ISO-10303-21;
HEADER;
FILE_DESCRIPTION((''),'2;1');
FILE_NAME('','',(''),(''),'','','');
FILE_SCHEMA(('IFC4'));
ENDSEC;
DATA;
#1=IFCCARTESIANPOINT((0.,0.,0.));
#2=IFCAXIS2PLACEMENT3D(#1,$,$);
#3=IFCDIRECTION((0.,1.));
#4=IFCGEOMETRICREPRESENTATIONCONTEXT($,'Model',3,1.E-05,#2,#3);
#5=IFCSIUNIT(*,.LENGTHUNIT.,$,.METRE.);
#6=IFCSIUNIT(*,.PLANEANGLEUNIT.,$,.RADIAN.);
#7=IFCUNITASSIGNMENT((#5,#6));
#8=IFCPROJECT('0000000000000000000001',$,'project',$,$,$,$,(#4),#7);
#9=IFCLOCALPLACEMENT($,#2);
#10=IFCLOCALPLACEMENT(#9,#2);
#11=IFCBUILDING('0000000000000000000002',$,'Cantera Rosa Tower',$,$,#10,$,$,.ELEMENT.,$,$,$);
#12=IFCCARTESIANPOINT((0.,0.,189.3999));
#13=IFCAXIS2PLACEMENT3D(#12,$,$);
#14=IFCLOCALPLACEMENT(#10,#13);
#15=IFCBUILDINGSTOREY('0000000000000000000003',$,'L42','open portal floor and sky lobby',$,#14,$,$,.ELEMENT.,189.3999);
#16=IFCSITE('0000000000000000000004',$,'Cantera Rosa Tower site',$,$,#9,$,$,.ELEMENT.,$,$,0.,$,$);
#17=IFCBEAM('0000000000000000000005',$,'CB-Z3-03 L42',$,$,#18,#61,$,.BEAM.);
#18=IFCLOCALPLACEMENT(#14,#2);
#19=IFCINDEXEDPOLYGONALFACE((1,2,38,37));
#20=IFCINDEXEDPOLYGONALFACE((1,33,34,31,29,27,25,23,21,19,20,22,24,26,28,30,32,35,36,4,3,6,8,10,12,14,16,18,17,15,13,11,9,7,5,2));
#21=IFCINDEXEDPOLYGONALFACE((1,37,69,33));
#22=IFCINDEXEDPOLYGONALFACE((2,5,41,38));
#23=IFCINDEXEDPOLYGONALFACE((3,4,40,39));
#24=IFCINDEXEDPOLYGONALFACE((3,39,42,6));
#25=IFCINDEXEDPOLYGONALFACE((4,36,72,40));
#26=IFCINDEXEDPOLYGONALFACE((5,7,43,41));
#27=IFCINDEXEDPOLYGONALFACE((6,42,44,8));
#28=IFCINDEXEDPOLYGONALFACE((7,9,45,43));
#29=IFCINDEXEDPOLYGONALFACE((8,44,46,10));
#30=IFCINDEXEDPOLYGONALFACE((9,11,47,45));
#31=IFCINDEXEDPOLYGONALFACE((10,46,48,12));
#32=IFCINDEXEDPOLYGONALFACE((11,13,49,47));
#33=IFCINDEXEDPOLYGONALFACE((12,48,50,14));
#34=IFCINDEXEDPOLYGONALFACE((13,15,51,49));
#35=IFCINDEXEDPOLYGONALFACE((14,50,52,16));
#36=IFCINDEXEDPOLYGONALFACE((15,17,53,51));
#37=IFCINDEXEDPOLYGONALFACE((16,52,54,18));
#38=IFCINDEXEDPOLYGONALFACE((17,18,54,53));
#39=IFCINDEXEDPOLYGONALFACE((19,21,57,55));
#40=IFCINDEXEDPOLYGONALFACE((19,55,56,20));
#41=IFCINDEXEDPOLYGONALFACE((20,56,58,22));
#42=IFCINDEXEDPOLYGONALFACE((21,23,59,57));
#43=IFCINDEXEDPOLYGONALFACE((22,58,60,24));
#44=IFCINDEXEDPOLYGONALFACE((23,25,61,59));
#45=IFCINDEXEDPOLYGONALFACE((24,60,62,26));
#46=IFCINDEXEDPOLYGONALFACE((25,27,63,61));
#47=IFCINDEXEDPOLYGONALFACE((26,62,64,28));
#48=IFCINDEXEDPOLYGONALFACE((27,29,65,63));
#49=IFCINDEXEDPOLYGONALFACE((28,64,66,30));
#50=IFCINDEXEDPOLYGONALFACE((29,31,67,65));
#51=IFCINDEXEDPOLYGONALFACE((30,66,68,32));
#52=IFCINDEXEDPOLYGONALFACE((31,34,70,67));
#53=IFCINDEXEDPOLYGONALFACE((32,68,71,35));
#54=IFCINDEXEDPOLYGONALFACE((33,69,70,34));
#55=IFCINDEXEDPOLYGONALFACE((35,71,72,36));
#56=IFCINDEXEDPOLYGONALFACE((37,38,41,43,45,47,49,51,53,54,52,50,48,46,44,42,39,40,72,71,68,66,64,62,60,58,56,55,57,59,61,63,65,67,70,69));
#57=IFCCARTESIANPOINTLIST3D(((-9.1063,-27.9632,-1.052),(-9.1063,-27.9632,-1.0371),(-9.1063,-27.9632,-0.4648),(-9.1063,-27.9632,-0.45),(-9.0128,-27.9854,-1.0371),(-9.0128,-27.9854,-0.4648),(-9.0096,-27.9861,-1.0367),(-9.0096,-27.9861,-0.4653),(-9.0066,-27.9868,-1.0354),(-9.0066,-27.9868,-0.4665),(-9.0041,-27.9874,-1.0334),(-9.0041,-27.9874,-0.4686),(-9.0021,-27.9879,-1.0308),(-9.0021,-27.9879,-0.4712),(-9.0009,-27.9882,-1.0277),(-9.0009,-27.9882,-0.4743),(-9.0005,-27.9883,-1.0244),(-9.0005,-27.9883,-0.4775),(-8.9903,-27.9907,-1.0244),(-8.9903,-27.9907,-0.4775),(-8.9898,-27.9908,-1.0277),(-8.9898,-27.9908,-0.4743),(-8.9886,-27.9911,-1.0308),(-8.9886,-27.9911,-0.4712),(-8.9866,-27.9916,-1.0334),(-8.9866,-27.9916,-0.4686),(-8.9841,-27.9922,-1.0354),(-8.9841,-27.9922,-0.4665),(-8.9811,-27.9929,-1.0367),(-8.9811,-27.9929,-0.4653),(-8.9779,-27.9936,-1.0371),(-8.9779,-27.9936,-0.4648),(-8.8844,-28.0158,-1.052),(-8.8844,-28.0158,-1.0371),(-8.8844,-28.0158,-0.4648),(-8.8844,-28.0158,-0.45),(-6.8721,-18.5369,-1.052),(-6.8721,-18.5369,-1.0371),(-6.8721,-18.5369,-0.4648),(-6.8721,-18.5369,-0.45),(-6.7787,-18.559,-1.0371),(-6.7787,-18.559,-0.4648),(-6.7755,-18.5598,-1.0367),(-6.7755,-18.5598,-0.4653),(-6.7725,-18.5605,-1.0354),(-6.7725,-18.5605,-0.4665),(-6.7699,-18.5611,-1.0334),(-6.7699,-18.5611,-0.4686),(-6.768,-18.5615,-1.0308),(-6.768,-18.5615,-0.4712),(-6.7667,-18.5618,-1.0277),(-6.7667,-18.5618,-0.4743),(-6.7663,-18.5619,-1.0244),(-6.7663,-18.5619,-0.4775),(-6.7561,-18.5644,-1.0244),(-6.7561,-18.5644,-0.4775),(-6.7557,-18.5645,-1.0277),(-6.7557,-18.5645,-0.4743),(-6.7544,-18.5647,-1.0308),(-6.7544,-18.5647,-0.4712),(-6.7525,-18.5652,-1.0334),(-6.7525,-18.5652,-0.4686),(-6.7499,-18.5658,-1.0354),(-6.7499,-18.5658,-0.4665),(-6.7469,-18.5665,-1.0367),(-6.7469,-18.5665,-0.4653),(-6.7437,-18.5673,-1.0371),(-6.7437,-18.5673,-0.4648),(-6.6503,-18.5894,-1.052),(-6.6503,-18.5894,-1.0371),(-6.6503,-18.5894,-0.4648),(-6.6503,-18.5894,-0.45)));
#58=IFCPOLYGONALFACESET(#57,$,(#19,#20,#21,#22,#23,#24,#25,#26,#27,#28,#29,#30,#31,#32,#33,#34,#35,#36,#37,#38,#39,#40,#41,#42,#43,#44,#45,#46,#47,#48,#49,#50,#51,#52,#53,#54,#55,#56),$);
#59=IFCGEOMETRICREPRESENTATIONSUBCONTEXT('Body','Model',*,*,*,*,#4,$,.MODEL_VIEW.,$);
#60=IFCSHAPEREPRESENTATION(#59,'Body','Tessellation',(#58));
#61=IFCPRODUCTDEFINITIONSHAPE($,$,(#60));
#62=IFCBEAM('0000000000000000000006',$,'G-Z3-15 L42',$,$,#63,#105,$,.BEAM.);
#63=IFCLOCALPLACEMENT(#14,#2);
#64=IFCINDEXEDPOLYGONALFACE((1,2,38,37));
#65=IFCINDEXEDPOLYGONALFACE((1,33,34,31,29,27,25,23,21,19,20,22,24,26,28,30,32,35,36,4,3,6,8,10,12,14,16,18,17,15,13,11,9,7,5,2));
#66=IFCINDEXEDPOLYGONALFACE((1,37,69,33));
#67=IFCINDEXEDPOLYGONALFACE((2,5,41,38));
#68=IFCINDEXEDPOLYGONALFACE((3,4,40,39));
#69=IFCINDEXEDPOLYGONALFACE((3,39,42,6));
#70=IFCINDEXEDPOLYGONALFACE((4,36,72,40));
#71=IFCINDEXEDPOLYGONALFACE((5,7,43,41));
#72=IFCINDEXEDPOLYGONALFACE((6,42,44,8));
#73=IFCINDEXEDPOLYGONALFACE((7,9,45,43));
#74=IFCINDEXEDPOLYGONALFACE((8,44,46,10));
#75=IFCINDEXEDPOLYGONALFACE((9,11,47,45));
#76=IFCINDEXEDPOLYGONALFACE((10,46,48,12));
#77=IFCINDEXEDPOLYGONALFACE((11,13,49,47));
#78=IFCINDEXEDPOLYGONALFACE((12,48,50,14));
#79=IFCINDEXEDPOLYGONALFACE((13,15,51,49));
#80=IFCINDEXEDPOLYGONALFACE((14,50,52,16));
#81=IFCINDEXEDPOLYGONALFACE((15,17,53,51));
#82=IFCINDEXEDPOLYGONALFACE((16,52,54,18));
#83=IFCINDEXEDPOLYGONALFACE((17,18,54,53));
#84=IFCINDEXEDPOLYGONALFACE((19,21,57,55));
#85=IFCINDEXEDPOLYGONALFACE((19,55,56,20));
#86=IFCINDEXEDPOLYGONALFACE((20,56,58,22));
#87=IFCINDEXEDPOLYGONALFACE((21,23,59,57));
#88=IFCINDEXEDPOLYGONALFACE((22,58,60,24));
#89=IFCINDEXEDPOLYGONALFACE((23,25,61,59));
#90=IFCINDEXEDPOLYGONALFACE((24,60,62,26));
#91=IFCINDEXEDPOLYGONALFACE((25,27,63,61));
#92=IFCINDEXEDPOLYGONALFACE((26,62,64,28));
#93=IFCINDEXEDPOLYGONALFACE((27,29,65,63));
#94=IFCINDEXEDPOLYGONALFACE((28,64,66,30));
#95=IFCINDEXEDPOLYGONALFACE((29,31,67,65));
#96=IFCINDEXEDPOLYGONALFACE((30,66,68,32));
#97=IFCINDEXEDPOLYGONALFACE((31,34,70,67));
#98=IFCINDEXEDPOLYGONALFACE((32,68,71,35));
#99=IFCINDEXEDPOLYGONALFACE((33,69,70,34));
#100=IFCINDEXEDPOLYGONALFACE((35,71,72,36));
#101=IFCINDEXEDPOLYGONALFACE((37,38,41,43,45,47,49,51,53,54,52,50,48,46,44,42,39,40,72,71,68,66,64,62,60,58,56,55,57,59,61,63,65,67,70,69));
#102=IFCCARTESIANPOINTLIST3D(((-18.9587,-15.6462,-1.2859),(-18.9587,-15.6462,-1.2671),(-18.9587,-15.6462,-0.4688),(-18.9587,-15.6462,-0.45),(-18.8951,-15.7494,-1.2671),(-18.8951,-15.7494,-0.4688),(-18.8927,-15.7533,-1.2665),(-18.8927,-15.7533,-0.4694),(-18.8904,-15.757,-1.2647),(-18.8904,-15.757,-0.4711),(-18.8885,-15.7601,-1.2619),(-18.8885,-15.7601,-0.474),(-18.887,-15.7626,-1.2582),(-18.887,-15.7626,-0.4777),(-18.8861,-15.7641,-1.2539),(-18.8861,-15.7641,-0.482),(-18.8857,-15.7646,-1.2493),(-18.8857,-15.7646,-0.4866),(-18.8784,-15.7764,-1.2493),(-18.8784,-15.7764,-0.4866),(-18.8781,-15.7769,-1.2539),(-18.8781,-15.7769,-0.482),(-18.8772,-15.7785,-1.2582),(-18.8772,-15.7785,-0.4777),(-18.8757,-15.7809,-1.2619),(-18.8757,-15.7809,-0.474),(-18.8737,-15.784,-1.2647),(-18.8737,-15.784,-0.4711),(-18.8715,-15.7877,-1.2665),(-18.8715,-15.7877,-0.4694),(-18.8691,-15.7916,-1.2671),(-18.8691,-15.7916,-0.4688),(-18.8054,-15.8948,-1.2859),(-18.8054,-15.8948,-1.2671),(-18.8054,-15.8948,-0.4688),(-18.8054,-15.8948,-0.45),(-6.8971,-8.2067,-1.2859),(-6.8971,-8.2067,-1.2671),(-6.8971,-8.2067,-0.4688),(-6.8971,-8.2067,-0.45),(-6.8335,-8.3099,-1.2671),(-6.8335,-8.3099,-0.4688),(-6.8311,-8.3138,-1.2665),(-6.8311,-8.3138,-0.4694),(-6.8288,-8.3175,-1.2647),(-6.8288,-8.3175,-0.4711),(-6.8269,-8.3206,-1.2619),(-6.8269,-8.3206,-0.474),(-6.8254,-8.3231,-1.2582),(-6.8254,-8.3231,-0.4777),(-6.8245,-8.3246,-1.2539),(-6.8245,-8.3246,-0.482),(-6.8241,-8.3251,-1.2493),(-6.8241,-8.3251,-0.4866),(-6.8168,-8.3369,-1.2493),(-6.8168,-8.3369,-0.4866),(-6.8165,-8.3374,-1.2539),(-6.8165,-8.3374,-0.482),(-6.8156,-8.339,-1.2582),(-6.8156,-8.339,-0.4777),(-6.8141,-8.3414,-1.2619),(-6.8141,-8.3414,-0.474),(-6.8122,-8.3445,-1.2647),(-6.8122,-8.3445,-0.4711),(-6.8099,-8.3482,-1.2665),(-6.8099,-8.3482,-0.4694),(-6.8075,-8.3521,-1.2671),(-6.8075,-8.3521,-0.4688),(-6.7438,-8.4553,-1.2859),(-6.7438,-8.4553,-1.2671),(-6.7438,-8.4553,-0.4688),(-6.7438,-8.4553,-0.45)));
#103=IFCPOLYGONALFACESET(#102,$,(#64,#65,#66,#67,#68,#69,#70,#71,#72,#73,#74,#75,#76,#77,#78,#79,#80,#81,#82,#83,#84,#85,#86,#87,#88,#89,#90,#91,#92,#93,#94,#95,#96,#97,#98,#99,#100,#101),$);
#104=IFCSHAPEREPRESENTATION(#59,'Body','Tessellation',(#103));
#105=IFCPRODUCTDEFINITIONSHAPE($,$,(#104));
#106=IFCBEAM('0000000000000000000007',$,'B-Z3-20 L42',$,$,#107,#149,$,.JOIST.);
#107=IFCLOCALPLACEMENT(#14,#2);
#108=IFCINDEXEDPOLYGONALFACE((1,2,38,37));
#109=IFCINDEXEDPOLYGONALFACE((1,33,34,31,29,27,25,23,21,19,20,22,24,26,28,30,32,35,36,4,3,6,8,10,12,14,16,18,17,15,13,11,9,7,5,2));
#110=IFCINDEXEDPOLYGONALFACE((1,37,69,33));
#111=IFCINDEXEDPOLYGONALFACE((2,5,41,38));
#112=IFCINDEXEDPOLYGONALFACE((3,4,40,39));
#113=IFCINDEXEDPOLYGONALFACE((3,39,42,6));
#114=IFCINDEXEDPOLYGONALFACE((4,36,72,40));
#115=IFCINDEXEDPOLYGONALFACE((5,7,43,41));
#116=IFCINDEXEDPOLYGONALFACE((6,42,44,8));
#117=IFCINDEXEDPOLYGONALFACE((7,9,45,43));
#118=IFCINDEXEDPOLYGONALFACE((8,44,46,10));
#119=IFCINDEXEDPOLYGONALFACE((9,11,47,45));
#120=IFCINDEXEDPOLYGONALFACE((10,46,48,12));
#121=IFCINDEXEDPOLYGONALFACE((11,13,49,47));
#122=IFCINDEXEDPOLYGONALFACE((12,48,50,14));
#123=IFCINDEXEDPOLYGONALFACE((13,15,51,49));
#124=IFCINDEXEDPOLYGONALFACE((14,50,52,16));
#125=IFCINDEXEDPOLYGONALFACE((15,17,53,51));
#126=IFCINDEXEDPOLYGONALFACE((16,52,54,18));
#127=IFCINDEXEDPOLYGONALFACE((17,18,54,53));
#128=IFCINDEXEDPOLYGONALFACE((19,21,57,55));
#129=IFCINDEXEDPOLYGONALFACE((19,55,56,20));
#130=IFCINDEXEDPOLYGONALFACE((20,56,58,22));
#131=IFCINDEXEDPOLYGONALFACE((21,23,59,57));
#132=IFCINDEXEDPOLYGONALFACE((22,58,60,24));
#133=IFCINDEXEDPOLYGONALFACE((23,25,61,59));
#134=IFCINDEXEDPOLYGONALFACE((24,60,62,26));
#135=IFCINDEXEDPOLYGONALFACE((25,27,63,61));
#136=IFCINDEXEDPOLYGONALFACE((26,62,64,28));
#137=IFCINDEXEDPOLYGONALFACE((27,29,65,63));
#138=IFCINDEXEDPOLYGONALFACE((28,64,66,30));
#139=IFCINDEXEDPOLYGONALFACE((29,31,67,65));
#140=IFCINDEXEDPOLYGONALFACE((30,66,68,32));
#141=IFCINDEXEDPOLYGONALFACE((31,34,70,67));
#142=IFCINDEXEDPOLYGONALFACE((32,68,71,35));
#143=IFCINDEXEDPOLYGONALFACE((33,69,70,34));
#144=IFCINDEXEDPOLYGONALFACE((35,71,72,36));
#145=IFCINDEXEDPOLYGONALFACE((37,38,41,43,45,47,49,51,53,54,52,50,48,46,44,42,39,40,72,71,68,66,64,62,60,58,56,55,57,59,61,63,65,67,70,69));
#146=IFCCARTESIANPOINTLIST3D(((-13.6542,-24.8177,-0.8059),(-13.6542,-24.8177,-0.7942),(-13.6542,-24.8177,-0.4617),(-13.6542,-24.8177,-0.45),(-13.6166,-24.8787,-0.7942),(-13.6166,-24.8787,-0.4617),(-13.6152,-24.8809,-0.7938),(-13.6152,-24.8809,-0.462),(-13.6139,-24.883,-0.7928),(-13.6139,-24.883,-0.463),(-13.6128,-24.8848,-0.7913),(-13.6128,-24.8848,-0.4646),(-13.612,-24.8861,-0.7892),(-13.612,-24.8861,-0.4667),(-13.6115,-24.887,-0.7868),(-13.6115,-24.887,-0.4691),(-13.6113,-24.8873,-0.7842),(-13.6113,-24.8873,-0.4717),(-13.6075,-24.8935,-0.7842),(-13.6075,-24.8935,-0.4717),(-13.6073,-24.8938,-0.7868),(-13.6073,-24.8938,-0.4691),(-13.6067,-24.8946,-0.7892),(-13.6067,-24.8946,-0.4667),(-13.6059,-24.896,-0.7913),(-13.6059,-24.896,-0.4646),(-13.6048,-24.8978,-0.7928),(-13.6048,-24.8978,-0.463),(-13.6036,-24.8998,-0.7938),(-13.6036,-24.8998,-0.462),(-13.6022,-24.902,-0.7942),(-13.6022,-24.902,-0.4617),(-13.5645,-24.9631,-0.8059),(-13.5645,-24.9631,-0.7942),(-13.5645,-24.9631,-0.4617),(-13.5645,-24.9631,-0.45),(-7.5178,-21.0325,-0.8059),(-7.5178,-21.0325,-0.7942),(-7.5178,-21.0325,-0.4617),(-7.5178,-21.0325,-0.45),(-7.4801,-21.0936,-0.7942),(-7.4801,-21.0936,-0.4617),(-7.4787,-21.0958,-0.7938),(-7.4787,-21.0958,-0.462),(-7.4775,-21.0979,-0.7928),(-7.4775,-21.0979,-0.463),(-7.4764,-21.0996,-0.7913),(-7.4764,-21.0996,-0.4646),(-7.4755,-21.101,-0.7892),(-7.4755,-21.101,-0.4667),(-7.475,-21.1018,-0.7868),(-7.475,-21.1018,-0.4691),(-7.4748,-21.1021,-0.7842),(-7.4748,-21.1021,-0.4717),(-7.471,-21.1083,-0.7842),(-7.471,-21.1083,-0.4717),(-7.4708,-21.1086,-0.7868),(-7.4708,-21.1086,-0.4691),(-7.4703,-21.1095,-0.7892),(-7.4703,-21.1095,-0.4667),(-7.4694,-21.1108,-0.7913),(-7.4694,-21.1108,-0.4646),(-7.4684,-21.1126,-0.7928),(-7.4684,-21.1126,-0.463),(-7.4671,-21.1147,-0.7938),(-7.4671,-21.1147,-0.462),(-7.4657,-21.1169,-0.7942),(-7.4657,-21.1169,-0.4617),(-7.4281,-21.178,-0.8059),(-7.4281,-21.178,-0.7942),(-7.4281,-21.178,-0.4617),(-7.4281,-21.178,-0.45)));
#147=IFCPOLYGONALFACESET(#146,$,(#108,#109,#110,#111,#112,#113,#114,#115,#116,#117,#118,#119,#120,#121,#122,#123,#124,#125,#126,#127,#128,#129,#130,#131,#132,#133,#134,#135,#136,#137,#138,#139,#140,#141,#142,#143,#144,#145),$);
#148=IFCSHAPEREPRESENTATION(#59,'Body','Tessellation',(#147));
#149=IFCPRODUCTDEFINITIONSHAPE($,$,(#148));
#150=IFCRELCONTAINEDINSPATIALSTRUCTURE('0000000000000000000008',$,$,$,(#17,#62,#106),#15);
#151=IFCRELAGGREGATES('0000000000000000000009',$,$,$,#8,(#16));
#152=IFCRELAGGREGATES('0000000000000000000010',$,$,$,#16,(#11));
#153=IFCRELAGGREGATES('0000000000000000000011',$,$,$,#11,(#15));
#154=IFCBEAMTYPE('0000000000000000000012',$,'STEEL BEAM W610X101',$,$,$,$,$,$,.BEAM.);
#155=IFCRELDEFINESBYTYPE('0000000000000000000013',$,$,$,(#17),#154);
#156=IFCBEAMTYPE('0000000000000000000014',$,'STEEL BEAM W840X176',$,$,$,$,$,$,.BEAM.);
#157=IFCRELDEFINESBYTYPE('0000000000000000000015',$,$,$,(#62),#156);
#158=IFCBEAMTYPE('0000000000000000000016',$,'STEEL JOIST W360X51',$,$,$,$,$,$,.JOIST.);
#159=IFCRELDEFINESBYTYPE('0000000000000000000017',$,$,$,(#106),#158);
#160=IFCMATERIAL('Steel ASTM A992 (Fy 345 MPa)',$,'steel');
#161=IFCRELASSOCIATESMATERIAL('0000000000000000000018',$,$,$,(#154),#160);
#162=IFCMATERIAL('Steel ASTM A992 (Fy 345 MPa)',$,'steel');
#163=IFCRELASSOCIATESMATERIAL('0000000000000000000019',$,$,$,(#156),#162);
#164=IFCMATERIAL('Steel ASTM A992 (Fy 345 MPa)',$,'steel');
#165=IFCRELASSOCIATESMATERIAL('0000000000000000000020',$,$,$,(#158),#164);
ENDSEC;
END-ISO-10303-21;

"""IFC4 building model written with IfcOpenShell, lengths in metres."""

from ifc_helpers import new_model, si_unit, direction, frame, origin, origin_2d, place, context, subcontext, project, spatial, i_section, extrude, material, material_profile, profile_set, type_object, element, save


model = new_model("IFC4")

# Units and contexts
model_context = context("Model", 3, precision=1e-05, world=origin(), true_north=direction((0.0, 1.0)))
body_context = subcontext(model_context, "Body", "Model", "MODEL_VIEW")
ifc_project = project(units=[si_unit("LENGTHUNIT", "METRE"), si_unit("PLANEANGLEUNIT", "RADIAN")], contexts=[model_context])

# Site, building, storey
site_placement = place(None, origin())
site = spatial("IfcSite", under=ifc_project, at=site_placement, Name="Cantera Rosa Tower site", CompositionType="ELEMENT", RefElevation=0.0)
building_placement = place(site_placement, origin())
building = spatial("IfcBuilding", under=site, at=building_placement, Name="Cantera Rosa Tower", CompositionType="ELEMENT")
storey_placement = place(building_placement, frame((0.0, 0.0, 189.3999)))
storey = spatial("IfcBuildingStorey", under=building, at=storey_placement, Name="L42", Description="open portal floor and sky lobby", CompositionType="ELEMENT", Elevation=189.3999)

# Beams
ifc_material_1 = material(Name="Steel ASTM A992 (Fy 345 MPa)", Category="steel")
ifc_material_profile_1 = material_profile(ifc_material_1, i_section(OverallWidth=0.228, OverallDepth=0.6021, WebThickness=0.0105, FlangeThickness=0.0149, FilletRadius=0.0127, at=origin_2d()), Name="W610X101")
ifc_profile_set_1 = profile_set([ifc_material_profile_1], Name="Steel ASTM A992 (Fy 345 MPa)")
beam_type_1 = type_object("IfcBeamType", Name="STEEL BEAM W610X101", PredefinedType="BEAM", material=ifc_profile_set_1)
beam_1_placement = place(storey_placement, frame((-8.9954, -27.9895, -0.751), z_axis=(0.230622, 0.973043, 0.0), x_axis=(-0.973043, 0.230622, 0.0)))
element("IfcBeam", 1, at=beam_1_placement, inside=storey, type_object=beam_type_1, Name="CB-Z3-03 L42", PredefinedType="BEAM", context=body_context, shape_type="SweptSolid", body=[
    extrude(i_section(OverallWidth=0.228, OverallDepth=0.6021, WebThickness=0.0105, FlangeThickness=0.0149, FilletRadius=0.0127, at=origin_2d()), origin(), (0.0, 0.0, 1.0), 9.6875),
])
ifc_material_2 = material(Name="Steel ASTM A992 (Fy 345 MPa)", Category="steel")
ifc_material_profile_2 = material_profile(ifc_material_2, i_section(OverallWidth=0.292, OverallDepth=0.8359, WebThickness=0.0139, FlangeThickness=0.0188, FilletRadius=0.0178, at=origin_2d()), Name="W840X176")
ifc_profile_set_2 = profile_set([ifc_material_profile_2], Name="Steel ASTM A992 (Fy 345 MPa)")
beam_type_2 = type_object("IfcBeamType", Name="STEEL BEAM W840X176", PredefinedType="BEAM", material=ifc_profile_set_2)
beam_2_placement = place(storey_placement, frame((-18.8821, -15.7705, -0.8679), z_axis=(0.851123, 0.524966, 0.0), x_axis=(-0.524966, 0.851123, 0.0)))
element("IfcBeam", 2, at=beam_2_placement, inside=storey, type_object=beam_type_2, Name="G-Z3-15 L42", PredefinedType="BEAM", context=body_context, shape_type="SweptSolid", body=[
    extrude(i_section(OverallWidth=0.292, OverallDepth=0.8359, WebThickness=0.0139, FlangeThickness=0.0188, FilletRadius=0.0178, at=origin_2d()), origin(), (0.0, 0.0, 1.0), 14.1714),
])
ifc_material_3 = material(Name="Steel ASTM A992 (Fy 345 MPa)", Category="steel")
ifc_material_profile_3 = material_profile(ifc_material_3, i_section(OverallWidth=0.1709, OverallDepth=0.356, WebThickness=0.0073, FlangeThickness=0.0117, FilletRadius=0.01, at=origin_2d()), Name="W360X51")
ifc_profile_set_3 = profile_set([ifc_material_profile_3], Name="Steel ASTM A992 (Fy 345 MPa)")
beam_type_3 = type_object("IfcBeamType", Name="STEEL JOIST W360X51", PredefinedType="JOIST", material=ifc_profile_set_3)
beam_3_placement = place(storey_placement, frame((-13.6094, -24.8904, -0.6279), z_axis=(0.851109, 0.524989, 0.0), x_axis=(-0.524989, 0.851109, 0.0)))
element("IfcBeam", 3, at=beam_3_placement, inside=storey, type_object=beam_type_3, Name="B-Z3-20 L42", PredefinedType="JOIST", context=body_context, shape_type="SweptSolid", body=[
    extrude(i_section(OverallWidth=0.1709, OverallDepth=0.356, WebThickness=0.0073, FlangeThickness=0.0117, FilletRadius=0.01, at=origin_2d()), origin(), (0.0, 0.0, 1.0), 7.21),
])

save(model, "model.ifc")
